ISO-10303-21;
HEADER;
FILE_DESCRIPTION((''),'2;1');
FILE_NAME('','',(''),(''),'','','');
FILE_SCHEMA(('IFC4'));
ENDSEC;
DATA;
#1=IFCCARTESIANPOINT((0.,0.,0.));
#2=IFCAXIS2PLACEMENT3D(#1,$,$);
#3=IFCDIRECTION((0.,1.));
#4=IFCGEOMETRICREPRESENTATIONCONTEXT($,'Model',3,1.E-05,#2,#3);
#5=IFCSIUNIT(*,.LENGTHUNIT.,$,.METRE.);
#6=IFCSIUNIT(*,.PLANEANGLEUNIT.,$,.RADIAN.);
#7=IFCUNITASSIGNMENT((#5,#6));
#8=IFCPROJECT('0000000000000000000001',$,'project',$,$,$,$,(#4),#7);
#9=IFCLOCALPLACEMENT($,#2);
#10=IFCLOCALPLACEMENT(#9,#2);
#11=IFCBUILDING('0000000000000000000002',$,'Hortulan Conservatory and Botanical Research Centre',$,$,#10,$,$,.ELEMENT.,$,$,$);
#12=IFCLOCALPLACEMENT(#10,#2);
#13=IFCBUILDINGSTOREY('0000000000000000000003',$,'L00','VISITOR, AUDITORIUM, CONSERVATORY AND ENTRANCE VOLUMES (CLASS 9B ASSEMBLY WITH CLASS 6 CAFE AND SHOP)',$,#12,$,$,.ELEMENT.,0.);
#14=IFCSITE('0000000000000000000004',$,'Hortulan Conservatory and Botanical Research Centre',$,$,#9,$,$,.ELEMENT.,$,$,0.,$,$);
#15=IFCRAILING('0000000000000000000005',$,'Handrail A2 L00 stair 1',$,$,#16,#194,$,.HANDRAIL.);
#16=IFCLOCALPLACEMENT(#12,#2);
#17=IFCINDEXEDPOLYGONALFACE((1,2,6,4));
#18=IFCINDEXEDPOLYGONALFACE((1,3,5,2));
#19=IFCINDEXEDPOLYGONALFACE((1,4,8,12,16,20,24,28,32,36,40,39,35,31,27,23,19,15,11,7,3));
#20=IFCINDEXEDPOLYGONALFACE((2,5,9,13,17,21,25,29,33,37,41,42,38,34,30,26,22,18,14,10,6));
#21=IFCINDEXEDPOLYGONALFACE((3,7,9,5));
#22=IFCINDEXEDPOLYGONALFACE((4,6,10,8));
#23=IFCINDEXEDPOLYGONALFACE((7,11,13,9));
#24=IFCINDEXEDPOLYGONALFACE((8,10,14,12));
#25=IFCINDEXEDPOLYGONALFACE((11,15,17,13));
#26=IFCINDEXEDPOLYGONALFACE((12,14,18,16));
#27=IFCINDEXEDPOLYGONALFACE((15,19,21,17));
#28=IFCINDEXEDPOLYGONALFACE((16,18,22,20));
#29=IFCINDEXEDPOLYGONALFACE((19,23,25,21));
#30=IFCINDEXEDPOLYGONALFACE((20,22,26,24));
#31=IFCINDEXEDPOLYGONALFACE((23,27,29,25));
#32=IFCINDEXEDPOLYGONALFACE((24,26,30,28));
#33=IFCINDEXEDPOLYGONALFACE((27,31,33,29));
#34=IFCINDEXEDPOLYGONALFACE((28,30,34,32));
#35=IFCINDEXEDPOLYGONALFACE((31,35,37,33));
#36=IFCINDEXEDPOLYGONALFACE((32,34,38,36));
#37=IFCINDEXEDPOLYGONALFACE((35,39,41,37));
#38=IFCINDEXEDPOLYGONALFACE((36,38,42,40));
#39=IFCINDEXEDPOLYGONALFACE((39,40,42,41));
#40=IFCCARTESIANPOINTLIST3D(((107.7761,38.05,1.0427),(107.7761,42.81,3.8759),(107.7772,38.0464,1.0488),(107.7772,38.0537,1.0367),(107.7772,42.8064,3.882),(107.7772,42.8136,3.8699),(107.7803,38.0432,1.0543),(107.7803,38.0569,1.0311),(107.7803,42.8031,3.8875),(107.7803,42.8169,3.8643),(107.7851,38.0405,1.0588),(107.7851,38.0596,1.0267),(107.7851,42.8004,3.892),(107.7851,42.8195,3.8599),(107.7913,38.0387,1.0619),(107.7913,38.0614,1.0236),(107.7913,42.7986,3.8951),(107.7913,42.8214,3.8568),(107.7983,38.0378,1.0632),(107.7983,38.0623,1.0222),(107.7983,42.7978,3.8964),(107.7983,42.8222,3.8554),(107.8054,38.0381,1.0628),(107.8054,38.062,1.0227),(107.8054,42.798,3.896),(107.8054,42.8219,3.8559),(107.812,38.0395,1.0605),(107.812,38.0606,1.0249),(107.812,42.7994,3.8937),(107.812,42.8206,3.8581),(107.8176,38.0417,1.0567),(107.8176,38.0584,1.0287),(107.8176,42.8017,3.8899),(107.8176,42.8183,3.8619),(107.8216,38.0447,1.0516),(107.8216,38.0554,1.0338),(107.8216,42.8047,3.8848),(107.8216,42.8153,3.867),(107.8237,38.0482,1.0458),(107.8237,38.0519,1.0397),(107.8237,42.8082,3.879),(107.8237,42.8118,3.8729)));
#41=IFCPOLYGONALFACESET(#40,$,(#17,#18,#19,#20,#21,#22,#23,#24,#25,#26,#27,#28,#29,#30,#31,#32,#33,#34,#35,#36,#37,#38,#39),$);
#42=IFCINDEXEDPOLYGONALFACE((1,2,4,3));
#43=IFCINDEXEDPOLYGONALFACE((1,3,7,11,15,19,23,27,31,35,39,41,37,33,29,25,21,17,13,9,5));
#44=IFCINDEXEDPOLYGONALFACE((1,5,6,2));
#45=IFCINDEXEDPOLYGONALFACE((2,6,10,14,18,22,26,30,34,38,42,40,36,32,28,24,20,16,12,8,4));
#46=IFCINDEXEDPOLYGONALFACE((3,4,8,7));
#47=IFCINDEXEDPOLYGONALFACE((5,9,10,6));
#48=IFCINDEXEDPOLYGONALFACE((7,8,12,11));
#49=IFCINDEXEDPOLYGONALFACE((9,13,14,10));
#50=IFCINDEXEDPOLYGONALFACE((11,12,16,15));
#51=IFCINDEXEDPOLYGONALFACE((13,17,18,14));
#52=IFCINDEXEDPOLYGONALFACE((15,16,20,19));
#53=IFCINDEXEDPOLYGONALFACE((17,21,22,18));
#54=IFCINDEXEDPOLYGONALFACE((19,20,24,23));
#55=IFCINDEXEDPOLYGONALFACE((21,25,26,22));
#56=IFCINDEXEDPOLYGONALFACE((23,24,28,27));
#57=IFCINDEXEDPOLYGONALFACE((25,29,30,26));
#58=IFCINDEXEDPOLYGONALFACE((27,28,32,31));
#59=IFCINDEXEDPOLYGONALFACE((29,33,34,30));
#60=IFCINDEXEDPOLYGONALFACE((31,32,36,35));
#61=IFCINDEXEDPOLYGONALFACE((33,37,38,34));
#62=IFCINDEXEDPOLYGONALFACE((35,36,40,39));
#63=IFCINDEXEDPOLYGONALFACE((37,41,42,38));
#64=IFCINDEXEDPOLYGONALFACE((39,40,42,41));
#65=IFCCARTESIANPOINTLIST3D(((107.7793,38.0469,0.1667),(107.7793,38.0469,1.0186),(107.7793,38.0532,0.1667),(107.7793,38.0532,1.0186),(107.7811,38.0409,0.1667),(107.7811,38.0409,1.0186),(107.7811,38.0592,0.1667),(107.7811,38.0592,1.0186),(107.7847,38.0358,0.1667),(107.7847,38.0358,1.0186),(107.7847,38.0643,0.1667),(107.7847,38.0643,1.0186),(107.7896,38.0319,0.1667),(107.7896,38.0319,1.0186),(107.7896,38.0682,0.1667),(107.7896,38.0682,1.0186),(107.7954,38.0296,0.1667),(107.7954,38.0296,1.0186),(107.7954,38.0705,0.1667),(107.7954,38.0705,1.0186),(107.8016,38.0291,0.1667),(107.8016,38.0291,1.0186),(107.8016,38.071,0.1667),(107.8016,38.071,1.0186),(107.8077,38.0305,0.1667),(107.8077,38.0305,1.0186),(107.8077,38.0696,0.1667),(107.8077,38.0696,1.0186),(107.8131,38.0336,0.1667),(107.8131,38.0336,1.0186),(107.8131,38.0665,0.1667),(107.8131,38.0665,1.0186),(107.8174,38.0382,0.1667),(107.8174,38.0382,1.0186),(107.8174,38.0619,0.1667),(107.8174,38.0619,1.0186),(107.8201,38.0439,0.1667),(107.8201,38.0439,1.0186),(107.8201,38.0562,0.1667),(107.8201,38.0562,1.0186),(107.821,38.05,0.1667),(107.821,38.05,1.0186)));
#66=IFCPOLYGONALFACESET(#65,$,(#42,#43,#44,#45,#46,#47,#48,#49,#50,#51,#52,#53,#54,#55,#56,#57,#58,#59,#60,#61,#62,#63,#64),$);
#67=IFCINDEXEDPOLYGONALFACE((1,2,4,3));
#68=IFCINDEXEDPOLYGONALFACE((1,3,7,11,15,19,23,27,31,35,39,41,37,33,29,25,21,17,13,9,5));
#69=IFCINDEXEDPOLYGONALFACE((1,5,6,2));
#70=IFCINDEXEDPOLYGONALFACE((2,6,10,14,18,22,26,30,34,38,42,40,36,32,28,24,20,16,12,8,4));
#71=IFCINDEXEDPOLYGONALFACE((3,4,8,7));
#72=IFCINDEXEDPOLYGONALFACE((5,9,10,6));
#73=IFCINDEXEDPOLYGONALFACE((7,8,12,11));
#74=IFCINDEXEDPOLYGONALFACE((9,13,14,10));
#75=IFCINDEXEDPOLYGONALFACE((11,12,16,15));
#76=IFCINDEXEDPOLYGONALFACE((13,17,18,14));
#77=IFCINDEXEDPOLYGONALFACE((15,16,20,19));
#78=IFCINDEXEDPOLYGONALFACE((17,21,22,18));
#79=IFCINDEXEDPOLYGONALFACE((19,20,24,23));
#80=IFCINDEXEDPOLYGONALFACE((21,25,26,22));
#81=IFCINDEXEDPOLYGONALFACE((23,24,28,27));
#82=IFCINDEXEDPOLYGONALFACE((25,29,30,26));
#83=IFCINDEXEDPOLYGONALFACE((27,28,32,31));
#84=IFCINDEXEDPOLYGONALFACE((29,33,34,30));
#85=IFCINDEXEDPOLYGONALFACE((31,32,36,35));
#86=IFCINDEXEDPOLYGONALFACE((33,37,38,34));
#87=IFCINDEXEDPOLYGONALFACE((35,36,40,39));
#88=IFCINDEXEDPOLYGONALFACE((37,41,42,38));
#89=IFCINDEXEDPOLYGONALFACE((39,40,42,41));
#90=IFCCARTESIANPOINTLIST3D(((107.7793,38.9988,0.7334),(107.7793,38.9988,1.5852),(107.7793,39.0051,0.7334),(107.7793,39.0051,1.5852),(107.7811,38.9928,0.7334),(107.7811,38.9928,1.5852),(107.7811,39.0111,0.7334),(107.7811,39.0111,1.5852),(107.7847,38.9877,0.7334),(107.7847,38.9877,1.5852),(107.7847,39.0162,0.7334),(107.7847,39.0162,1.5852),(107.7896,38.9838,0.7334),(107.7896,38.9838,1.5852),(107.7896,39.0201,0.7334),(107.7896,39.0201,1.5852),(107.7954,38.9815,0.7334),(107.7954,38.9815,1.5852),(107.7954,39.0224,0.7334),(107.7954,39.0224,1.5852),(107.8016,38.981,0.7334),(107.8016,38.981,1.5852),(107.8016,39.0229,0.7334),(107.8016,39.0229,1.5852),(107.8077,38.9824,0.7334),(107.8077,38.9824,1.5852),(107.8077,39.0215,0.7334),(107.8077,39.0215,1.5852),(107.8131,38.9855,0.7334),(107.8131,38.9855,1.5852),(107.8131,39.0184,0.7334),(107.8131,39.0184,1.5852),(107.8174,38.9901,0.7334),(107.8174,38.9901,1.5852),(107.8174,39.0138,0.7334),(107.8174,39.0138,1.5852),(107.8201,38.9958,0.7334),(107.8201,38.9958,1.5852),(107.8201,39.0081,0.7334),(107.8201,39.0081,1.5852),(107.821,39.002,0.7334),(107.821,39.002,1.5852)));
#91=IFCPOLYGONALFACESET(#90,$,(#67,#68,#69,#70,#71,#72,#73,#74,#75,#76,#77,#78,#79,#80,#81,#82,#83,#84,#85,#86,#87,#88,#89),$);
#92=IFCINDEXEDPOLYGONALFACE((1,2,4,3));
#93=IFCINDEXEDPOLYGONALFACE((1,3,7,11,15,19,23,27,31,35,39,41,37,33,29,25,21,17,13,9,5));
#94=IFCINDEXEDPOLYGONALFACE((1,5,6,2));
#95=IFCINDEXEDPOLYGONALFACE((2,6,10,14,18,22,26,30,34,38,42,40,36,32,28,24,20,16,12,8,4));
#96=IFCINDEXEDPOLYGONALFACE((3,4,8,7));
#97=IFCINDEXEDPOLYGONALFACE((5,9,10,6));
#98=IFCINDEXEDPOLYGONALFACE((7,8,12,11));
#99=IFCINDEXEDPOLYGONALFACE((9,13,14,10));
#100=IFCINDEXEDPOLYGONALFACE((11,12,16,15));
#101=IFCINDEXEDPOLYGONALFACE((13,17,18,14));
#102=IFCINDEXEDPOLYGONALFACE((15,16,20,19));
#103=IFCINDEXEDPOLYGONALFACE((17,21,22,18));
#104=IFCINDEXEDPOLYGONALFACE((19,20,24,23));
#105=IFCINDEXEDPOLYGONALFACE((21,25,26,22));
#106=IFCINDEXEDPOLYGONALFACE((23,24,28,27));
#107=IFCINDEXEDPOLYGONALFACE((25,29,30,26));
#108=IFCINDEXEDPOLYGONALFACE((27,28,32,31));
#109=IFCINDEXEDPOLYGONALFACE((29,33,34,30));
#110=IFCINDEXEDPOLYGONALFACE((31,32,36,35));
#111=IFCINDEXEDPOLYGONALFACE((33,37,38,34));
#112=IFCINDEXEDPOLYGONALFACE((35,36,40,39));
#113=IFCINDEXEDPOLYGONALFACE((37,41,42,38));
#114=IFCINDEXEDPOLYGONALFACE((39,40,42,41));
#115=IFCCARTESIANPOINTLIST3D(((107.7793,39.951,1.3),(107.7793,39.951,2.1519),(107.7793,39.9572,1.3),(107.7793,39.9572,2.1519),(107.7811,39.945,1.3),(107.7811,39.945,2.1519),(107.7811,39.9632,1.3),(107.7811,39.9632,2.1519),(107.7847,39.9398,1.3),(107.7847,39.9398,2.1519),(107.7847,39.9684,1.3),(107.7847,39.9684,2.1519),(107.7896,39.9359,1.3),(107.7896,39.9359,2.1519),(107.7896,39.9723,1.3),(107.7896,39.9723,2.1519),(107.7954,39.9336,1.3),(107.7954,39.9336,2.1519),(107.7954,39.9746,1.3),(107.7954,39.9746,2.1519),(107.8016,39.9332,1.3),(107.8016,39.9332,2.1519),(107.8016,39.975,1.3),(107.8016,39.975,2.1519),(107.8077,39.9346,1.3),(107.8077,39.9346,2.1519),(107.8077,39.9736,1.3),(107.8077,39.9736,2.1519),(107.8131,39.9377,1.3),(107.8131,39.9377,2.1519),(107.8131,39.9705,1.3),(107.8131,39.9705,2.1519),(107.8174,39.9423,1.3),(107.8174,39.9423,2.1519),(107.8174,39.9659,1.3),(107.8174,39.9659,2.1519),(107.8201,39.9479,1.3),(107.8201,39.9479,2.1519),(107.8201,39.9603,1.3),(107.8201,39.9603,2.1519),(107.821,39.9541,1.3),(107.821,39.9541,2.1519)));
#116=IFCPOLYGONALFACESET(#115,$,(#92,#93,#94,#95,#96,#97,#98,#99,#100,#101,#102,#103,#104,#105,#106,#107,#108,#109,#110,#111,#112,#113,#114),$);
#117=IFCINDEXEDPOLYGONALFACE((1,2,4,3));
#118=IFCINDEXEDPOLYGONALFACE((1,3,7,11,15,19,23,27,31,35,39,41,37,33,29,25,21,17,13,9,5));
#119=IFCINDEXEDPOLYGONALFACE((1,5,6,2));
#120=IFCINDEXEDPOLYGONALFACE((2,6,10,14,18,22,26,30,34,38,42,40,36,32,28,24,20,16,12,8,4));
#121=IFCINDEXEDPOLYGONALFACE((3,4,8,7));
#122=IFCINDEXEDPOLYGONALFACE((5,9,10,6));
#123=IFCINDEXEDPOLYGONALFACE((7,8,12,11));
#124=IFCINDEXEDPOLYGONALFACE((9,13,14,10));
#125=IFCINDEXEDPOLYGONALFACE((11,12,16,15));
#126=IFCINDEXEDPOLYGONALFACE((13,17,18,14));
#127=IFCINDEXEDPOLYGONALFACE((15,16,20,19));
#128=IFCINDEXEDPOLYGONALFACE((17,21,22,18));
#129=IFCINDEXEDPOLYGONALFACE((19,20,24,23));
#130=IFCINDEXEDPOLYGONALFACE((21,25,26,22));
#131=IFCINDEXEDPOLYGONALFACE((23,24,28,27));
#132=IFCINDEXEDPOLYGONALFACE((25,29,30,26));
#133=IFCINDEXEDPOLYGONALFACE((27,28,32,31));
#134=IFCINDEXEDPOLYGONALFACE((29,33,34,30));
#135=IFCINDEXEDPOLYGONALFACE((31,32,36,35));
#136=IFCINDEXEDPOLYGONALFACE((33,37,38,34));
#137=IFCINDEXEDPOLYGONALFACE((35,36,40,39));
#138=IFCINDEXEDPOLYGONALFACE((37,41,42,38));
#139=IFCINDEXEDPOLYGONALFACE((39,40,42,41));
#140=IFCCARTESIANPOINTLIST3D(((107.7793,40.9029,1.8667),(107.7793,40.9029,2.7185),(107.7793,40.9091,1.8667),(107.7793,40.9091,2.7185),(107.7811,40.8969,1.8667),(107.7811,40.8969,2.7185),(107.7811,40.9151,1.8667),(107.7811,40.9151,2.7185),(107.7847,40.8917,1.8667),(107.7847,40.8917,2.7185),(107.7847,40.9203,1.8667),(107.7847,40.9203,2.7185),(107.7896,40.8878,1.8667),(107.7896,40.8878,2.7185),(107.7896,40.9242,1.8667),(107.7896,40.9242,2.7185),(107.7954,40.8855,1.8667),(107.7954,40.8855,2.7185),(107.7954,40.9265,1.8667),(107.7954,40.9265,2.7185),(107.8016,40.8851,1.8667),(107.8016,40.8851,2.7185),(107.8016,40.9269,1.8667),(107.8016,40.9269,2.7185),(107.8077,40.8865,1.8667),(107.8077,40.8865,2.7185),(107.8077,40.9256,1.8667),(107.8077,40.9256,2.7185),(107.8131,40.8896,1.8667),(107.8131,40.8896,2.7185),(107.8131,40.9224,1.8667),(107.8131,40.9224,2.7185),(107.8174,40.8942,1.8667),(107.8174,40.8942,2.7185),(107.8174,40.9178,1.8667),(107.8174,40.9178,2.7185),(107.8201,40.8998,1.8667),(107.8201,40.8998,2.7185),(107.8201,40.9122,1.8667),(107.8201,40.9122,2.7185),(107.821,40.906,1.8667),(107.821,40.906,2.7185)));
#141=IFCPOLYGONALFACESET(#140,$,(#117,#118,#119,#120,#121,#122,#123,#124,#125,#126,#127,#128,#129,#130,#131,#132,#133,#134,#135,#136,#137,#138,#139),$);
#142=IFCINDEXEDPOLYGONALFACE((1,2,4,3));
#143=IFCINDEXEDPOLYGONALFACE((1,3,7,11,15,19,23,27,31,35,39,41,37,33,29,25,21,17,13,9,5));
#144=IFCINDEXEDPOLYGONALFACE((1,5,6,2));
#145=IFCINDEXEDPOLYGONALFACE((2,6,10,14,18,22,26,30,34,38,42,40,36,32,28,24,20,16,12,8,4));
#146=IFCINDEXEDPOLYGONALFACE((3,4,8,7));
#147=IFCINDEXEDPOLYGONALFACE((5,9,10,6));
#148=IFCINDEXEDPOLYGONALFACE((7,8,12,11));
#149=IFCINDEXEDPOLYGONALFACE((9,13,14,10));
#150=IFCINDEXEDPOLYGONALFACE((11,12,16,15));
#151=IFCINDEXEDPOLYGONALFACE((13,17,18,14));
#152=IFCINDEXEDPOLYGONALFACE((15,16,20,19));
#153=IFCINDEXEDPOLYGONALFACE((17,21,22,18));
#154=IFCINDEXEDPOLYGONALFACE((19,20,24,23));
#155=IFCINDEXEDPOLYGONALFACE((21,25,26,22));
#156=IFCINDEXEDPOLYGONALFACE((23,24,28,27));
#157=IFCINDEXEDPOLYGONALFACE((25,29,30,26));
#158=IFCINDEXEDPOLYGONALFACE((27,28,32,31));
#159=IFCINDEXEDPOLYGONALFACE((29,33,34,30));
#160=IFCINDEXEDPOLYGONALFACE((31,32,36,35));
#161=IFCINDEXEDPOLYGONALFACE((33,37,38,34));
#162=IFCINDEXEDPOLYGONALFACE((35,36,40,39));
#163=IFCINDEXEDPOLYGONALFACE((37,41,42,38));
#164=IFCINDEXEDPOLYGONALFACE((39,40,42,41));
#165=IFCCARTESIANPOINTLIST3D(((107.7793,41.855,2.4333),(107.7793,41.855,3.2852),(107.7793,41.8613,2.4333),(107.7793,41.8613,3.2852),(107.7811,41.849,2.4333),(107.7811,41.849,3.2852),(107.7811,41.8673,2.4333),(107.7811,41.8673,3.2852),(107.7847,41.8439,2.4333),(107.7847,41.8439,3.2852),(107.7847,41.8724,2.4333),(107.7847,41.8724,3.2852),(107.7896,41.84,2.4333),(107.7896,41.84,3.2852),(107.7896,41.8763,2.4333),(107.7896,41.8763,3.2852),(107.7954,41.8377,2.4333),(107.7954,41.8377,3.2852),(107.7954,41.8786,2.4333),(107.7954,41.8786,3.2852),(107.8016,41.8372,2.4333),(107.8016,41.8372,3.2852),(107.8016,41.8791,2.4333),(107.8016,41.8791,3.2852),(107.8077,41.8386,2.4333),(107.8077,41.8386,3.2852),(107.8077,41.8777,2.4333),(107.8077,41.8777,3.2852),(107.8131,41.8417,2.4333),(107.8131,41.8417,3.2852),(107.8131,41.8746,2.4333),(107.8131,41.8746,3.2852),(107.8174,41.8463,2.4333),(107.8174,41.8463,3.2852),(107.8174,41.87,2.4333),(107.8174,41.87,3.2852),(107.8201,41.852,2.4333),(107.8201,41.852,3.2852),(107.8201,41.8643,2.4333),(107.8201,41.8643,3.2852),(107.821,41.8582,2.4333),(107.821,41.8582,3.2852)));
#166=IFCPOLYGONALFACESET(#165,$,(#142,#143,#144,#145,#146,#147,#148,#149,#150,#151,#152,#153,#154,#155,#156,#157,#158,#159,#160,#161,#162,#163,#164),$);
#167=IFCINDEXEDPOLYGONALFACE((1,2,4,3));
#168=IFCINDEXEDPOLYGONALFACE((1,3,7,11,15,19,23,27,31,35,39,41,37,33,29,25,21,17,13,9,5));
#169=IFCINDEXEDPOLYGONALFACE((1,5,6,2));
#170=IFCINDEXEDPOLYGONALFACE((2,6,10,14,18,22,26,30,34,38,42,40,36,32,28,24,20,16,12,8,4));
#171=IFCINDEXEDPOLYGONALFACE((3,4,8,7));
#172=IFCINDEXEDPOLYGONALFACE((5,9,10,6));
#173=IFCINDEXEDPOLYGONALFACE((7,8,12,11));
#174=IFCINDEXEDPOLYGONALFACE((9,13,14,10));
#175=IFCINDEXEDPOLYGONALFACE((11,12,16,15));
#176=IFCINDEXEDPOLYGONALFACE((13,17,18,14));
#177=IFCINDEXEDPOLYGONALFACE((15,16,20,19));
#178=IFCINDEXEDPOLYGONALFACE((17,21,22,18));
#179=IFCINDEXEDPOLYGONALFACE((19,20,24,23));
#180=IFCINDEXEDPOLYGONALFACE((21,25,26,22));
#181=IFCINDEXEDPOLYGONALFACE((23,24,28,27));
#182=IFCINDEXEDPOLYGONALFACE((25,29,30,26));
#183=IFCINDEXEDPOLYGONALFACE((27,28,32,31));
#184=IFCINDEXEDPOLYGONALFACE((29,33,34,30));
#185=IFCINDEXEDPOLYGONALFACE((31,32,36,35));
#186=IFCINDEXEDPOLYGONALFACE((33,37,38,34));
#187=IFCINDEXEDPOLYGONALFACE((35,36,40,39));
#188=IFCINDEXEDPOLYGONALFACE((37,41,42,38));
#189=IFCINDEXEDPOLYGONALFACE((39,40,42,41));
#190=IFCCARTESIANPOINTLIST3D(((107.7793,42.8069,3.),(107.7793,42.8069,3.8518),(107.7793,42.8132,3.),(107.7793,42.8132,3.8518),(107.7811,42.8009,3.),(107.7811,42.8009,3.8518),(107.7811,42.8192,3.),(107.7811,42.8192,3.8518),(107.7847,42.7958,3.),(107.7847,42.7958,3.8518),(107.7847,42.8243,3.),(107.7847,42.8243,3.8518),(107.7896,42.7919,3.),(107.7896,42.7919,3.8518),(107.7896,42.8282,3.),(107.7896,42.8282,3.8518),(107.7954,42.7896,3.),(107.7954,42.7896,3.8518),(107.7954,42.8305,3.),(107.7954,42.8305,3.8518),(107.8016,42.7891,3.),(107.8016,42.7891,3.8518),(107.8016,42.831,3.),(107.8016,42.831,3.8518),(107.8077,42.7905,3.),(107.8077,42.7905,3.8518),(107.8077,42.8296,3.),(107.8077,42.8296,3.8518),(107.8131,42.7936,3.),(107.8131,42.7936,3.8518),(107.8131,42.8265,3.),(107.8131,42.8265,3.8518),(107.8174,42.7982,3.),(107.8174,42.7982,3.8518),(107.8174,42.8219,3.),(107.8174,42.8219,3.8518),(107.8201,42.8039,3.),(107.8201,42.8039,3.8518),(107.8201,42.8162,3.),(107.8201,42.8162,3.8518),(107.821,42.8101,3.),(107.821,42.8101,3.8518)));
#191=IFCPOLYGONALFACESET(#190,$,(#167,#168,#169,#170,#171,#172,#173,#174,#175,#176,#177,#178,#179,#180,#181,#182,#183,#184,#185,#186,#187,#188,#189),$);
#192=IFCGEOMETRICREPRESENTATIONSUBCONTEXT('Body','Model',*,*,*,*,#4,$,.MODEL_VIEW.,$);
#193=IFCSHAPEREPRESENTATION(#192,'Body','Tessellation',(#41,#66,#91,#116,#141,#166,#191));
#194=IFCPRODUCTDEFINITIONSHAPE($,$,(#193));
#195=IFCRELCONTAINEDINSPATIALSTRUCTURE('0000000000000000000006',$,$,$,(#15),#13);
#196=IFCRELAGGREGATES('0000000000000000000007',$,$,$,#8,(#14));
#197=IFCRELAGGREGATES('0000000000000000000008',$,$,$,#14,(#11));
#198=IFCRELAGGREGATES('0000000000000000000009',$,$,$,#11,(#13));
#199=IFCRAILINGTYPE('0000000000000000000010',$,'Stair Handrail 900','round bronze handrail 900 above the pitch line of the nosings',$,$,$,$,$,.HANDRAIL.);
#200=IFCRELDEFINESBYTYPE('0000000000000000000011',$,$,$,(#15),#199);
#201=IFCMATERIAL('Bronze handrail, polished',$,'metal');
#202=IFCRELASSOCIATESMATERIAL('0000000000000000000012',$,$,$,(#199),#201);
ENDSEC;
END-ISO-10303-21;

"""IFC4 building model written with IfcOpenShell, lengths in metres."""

from ifc_helpers import new_model, si_unit, direction, frame, origin, origin_2d, place, context, subcontext, project, spatial, circle, extrude, material, type_object, element, save


model = new_model("IFC4")

# Units and contexts
model_context = context("Model", 3, precision=1e-05, world=origin(), true_north=direction((0.0, 1.0)))
body_context = subcontext(model_context, "Body", "Model", "MODEL_VIEW")
ifc_project = project(units=[si_unit("LENGTHUNIT", "METRE"), si_unit("PLANEANGLEUNIT", "RADIAN")], contexts=[model_context])

# Site, building, storey
site_placement = place(None, origin())
site = spatial("IfcSite", under=ifc_project, at=site_placement, Name="Hortulan Conservatory and Botanical Research Centre", CompositionType="ELEMENT", RefElevation=0.0)
building_placement = place(site_placement, origin())
building = spatial("IfcBuilding", under=site, at=building_placement, Name="Hortulan Conservatory and Botanical Research Centre", CompositionType="ELEMENT")
storey_placement = place(building_placement, origin())
storey = spatial("IfcBuildingStorey", under=building, at=storey_placement, Name="L00", Description="VISITOR, AUDITORIUM, CONSERVATORY AND ENTRANCE VOLUMES (CLASS 9B ASSEMBLY WITH CLASS 6 CAFE AND SHOP)", CompositionType="ELEMENT", Elevation=0.0)

# Railing
ifc_material_1 = material(Name="Bronze handrail, polished", Category="metal")
railing_type_1 = type_object("IfcRailingType", Name="Stair Handrail 900", Description="round bronze handrail 900 above the pitch line of the nosings", PredefinedType="HANDRAIL", material=ifc_material_1)
railing_1_placement = place(storey_placement, frame((107.8, 38.05, 0.1667)))
element("IfcRailing", 1, at=railing_1_placement, inside=storey, type_object=railing_type_1, Name="Handrail A2 L00 stair 1", PredefinedType="HANDRAIL", context=body_context, shape_type="SweptSolid", body=[
    extrude(circle(Radius=0.0239, at=origin_2d()), frame((0.0, 0.0, 0.876), z_axis=(0.0, 0.8593, 0.511472), x_axis=(-1.0, 0.0, 0.0)), (0.0, 0.0, 1.0), 5.5393),
    extrude(circle(Radius=0.021, at=origin_2d()), origin(), (0.0, 0.0, 1.0), 0.8518),
    extrude(circle(Radius=0.021, at=origin_2d()), frame((0.0, 0.9519, 0.5667)), (0.0, 0.0, 1.0), 0.8518),
    extrude(circle(Radius=0.021, at=origin_2d()), frame((0.0, 1.9041, 1.1333)), (0.0, 0.0, 1.0), 0.8518),
    extrude(circle(Radius=0.021, at=origin_2d()), frame((0.0, 2.856, 1.7)), (0.0, 0.0, 1.0), 0.8518),
    extrude(circle(Radius=0.021, at=origin_2d()), frame((0.0, 3.8081, 2.2666)), (0.0, 0.0, 1.0), 0.8518),
    extrude(circle(Radius=0.021, at=origin_2d()), frame((0.0, 4.76, 2.8333)), (0.0, 0.0, 1.0), 0.8518),
])

save(model, "model.ifc")
